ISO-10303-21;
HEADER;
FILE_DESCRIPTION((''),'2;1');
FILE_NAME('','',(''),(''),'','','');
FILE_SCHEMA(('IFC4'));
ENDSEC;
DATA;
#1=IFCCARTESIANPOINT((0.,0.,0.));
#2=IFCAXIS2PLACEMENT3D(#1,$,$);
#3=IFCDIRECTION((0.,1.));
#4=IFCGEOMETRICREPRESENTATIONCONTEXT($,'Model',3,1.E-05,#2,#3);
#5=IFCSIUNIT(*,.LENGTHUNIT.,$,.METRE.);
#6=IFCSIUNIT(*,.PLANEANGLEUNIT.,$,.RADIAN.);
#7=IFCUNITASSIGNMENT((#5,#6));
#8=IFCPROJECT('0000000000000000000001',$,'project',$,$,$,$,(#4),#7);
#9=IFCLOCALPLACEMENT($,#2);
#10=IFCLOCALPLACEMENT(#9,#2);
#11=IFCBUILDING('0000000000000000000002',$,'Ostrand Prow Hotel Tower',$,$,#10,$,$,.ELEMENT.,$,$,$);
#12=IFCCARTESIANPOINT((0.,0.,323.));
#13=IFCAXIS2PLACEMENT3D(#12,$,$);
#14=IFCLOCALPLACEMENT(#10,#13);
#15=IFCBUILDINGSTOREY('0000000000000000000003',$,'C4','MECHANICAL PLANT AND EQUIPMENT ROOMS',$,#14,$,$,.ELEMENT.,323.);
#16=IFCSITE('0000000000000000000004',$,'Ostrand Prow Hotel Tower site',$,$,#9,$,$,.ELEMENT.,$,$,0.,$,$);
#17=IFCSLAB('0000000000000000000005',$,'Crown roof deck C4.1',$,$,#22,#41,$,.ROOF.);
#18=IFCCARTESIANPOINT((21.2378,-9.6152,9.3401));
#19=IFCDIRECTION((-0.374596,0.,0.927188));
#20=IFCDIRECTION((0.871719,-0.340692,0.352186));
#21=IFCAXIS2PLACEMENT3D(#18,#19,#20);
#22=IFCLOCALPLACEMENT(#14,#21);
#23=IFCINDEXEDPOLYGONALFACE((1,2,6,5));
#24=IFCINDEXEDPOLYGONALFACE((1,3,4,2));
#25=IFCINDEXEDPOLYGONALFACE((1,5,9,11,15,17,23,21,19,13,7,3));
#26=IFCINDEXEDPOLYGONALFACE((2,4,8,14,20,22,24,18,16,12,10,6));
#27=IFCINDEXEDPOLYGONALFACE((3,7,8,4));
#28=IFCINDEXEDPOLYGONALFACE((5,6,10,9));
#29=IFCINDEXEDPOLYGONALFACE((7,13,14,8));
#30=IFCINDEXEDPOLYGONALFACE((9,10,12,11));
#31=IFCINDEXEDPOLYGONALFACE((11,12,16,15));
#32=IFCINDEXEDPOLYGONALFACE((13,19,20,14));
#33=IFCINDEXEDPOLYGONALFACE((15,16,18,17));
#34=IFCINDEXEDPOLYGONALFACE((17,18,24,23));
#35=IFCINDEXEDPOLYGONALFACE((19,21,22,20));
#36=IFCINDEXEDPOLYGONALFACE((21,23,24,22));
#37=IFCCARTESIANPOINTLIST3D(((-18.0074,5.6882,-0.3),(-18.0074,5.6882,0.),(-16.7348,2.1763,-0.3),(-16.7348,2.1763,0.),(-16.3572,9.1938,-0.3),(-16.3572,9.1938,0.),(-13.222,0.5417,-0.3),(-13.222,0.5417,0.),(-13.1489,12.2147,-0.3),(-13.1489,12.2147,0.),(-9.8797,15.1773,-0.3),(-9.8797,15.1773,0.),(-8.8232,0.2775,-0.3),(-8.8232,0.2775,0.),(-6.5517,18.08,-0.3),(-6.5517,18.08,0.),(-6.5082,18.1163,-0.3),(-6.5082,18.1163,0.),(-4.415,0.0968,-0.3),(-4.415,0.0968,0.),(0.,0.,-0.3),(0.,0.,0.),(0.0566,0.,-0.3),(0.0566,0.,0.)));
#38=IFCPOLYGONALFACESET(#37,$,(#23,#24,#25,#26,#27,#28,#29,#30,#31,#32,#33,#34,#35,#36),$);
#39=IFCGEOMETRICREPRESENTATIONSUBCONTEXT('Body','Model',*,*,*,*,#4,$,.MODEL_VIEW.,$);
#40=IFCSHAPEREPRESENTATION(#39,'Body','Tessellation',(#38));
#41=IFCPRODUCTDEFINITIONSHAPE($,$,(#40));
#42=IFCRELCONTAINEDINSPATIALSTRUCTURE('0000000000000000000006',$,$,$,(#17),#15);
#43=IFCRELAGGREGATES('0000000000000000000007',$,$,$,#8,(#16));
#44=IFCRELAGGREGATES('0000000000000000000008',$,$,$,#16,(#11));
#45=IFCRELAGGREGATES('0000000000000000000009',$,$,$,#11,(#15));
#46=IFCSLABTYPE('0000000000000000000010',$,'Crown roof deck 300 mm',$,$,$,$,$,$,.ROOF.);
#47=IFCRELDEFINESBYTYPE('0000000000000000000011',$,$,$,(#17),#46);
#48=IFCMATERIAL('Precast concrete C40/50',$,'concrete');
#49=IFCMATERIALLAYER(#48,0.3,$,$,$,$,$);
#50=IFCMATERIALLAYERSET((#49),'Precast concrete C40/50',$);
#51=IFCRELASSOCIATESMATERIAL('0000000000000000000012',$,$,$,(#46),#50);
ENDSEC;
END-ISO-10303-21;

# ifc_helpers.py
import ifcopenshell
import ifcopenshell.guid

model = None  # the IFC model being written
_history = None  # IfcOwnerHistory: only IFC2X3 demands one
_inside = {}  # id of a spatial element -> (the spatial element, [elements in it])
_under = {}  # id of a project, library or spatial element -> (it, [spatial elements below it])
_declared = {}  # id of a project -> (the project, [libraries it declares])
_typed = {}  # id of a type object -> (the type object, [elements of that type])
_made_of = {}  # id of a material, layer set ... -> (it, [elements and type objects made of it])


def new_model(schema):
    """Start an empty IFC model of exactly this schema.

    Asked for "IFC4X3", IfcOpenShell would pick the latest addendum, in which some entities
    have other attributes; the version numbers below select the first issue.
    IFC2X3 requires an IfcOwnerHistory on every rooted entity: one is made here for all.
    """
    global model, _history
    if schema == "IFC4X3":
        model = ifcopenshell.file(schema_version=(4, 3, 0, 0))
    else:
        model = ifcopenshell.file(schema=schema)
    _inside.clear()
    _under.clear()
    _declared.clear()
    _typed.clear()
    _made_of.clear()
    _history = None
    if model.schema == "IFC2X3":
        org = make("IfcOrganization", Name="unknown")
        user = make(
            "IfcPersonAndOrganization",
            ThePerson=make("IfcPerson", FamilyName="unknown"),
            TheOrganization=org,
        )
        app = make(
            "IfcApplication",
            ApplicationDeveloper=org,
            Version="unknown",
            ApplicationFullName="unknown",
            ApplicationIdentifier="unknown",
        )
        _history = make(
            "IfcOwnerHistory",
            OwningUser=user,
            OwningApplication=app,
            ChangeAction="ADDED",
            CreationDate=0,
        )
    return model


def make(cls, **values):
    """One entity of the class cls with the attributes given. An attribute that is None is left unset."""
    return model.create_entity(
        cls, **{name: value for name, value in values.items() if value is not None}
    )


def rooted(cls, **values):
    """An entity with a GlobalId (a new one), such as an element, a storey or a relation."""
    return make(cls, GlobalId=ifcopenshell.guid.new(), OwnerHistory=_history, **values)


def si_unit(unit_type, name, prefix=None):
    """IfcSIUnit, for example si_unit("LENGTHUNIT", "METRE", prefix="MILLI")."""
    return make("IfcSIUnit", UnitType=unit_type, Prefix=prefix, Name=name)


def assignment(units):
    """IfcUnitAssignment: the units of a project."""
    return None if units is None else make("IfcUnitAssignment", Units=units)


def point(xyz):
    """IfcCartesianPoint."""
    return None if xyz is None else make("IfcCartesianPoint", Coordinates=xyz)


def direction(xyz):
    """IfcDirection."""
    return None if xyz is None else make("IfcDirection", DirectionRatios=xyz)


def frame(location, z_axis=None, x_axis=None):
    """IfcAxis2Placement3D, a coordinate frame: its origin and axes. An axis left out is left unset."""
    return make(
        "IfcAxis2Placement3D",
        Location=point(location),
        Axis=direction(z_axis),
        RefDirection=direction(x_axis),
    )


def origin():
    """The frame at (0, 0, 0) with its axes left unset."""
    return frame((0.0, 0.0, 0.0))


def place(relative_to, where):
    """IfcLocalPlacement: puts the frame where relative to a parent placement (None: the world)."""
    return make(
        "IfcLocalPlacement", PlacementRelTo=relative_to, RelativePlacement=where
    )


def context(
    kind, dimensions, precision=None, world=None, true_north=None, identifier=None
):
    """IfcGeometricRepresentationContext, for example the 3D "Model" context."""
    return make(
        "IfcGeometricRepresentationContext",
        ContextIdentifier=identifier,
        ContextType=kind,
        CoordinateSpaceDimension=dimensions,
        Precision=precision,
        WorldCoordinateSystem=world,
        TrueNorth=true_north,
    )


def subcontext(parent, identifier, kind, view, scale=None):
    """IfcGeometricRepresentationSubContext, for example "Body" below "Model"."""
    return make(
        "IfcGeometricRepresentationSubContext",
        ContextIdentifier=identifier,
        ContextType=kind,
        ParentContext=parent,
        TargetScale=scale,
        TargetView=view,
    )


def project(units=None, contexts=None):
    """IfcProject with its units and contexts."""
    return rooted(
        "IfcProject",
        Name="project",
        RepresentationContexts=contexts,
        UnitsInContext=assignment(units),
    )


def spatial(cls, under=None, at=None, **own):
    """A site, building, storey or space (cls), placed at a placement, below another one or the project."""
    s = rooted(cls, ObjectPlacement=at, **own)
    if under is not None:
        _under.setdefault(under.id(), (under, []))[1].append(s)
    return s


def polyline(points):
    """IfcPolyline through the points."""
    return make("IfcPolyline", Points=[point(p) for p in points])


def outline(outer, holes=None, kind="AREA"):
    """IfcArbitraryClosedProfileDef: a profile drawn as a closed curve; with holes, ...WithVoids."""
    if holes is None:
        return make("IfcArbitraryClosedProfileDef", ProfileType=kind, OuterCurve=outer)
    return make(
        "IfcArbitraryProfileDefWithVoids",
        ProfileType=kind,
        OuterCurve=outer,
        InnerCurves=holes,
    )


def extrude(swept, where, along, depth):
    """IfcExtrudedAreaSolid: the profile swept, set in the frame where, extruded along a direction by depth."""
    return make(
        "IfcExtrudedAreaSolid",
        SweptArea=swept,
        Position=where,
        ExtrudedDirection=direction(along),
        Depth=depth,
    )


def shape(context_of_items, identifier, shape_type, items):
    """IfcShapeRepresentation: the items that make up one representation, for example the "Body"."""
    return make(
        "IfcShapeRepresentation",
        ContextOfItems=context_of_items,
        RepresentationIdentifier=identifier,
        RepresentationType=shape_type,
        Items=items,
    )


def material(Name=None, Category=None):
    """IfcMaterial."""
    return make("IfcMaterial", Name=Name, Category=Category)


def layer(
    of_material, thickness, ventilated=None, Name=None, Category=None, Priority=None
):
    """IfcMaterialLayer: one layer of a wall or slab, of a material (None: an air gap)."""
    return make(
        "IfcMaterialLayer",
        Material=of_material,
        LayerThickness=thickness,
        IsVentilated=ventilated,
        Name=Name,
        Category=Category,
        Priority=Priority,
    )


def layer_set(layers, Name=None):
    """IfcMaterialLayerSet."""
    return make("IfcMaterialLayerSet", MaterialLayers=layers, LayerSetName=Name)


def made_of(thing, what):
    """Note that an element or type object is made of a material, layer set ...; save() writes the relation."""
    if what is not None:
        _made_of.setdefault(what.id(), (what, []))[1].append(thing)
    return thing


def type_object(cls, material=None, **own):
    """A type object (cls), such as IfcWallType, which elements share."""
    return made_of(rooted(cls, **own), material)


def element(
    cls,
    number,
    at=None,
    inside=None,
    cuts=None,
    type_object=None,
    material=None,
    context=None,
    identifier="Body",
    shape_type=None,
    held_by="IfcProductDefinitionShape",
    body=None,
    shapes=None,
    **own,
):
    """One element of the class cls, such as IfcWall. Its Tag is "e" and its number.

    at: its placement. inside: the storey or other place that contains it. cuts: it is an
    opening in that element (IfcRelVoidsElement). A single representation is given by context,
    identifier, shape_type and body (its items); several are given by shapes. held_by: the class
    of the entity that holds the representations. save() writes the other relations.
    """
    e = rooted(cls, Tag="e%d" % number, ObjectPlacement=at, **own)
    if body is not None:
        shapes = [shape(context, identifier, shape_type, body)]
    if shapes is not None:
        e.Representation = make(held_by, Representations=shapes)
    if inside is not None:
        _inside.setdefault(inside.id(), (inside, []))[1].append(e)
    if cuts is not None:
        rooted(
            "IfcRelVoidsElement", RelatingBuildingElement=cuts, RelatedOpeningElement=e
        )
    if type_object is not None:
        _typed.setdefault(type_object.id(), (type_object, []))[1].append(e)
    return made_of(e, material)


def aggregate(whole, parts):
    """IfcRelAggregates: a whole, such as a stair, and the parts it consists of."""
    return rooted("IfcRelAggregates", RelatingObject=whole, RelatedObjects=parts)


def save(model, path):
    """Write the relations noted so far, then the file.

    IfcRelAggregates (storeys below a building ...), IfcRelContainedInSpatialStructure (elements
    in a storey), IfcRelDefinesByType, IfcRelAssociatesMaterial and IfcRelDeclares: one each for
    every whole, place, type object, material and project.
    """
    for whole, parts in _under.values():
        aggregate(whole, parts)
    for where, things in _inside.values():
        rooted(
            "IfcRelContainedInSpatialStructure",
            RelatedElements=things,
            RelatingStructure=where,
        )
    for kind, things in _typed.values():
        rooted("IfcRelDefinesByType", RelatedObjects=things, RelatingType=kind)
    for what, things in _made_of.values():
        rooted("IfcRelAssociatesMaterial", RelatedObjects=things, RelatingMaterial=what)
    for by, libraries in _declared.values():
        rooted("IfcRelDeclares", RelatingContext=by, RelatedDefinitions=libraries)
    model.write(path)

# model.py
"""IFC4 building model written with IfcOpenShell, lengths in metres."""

from ifc_helpers import new_model, si_unit, direction, frame, origin, place, context, subcontext, project, spatial, polyline, outline, extrude, material, layer, layer_set, type_object, element, save


model = new_model("IFC4")

# Units and contexts
model_context = context("Model", 3, precision=1e-05, world=origin(), true_north=direction((0.0, 1.0)))
body_context = subcontext(model_context, "Body", "Model", "MODEL_VIEW")
ifc_project = project(units=[si_unit("LENGTHUNIT", "METRE"), si_unit("PLANEANGLEUNIT", "RADIAN")], contexts=[model_context])

# Site, building, storey
site_placement = place(None, origin())
site = spatial("IfcSite", under=ifc_project, at=site_placement, Name="Ostrand Prow Hotel Tower site", CompositionType="ELEMENT", RefElevation=0.0)
building_placement = place(site_placement, origin())
building = spatial("IfcBuilding", under=site, at=building_placement, Name="Ostrand Prow Hotel Tower", CompositionType="ELEMENT")
storey_placement = place(building_placement, frame((0.0, 0.0, 323.0)))
storey = spatial("IfcBuildingStorey", under=building, at=storey_placement, Name="C4", Description="MECHANICAL PLANT AND EQUIPMENT ROOMS", CompositionType="ELEMENT", Elevation=323.0)

# Slab
ifc_material_1 = material(Name="Precast concrete C40/50", Category="concrete")
ifc_layer_1 = layer(ifc_material_1, 0.3)
ifc_layer_set_1 = layer_set([ifc_layer_1], Name="Precast concrete C40/50")
slab_type = type_object("IfcSlabType", Name="Crown roof deck 300 mm", PredefinedType="ROOF", material=ifc_layer_set_1)
slab_placement = place(storey_placement, frame((21.2378, -9.6152, 9.3401), z_axis=(-0.374596, 0.0, 0.927188), x_axis=(0.871719, -0.340692, 0.352186)))
element("IfcSlab", 1, at=slab_placement, inside=storey, type_object=slab_type, Name="Crown roof deck C4.1", PredefinedType="ROOF", context=body_context, shape_type="SweptSolid", body=[
    extrude(outline(polyline([(0.0, 0.0), (0.0566, 0.0), (-6.5082, 18.1163), (-6.5517, 18.08), (-9.8797, 15.1773), (-13.1489, 12.2147), (-16.3572, 9.1938), (-18.0074, 5.6882), (-16.7348, 2.1763), (-13.222, 0.5417), (-8.8232, 0.2775), (-4.415, 0.0968), (0.0, 0.0)])), origin(), (0.0, 0.0, -1.0), 0.3),
])

save(model, "model.ifc")
